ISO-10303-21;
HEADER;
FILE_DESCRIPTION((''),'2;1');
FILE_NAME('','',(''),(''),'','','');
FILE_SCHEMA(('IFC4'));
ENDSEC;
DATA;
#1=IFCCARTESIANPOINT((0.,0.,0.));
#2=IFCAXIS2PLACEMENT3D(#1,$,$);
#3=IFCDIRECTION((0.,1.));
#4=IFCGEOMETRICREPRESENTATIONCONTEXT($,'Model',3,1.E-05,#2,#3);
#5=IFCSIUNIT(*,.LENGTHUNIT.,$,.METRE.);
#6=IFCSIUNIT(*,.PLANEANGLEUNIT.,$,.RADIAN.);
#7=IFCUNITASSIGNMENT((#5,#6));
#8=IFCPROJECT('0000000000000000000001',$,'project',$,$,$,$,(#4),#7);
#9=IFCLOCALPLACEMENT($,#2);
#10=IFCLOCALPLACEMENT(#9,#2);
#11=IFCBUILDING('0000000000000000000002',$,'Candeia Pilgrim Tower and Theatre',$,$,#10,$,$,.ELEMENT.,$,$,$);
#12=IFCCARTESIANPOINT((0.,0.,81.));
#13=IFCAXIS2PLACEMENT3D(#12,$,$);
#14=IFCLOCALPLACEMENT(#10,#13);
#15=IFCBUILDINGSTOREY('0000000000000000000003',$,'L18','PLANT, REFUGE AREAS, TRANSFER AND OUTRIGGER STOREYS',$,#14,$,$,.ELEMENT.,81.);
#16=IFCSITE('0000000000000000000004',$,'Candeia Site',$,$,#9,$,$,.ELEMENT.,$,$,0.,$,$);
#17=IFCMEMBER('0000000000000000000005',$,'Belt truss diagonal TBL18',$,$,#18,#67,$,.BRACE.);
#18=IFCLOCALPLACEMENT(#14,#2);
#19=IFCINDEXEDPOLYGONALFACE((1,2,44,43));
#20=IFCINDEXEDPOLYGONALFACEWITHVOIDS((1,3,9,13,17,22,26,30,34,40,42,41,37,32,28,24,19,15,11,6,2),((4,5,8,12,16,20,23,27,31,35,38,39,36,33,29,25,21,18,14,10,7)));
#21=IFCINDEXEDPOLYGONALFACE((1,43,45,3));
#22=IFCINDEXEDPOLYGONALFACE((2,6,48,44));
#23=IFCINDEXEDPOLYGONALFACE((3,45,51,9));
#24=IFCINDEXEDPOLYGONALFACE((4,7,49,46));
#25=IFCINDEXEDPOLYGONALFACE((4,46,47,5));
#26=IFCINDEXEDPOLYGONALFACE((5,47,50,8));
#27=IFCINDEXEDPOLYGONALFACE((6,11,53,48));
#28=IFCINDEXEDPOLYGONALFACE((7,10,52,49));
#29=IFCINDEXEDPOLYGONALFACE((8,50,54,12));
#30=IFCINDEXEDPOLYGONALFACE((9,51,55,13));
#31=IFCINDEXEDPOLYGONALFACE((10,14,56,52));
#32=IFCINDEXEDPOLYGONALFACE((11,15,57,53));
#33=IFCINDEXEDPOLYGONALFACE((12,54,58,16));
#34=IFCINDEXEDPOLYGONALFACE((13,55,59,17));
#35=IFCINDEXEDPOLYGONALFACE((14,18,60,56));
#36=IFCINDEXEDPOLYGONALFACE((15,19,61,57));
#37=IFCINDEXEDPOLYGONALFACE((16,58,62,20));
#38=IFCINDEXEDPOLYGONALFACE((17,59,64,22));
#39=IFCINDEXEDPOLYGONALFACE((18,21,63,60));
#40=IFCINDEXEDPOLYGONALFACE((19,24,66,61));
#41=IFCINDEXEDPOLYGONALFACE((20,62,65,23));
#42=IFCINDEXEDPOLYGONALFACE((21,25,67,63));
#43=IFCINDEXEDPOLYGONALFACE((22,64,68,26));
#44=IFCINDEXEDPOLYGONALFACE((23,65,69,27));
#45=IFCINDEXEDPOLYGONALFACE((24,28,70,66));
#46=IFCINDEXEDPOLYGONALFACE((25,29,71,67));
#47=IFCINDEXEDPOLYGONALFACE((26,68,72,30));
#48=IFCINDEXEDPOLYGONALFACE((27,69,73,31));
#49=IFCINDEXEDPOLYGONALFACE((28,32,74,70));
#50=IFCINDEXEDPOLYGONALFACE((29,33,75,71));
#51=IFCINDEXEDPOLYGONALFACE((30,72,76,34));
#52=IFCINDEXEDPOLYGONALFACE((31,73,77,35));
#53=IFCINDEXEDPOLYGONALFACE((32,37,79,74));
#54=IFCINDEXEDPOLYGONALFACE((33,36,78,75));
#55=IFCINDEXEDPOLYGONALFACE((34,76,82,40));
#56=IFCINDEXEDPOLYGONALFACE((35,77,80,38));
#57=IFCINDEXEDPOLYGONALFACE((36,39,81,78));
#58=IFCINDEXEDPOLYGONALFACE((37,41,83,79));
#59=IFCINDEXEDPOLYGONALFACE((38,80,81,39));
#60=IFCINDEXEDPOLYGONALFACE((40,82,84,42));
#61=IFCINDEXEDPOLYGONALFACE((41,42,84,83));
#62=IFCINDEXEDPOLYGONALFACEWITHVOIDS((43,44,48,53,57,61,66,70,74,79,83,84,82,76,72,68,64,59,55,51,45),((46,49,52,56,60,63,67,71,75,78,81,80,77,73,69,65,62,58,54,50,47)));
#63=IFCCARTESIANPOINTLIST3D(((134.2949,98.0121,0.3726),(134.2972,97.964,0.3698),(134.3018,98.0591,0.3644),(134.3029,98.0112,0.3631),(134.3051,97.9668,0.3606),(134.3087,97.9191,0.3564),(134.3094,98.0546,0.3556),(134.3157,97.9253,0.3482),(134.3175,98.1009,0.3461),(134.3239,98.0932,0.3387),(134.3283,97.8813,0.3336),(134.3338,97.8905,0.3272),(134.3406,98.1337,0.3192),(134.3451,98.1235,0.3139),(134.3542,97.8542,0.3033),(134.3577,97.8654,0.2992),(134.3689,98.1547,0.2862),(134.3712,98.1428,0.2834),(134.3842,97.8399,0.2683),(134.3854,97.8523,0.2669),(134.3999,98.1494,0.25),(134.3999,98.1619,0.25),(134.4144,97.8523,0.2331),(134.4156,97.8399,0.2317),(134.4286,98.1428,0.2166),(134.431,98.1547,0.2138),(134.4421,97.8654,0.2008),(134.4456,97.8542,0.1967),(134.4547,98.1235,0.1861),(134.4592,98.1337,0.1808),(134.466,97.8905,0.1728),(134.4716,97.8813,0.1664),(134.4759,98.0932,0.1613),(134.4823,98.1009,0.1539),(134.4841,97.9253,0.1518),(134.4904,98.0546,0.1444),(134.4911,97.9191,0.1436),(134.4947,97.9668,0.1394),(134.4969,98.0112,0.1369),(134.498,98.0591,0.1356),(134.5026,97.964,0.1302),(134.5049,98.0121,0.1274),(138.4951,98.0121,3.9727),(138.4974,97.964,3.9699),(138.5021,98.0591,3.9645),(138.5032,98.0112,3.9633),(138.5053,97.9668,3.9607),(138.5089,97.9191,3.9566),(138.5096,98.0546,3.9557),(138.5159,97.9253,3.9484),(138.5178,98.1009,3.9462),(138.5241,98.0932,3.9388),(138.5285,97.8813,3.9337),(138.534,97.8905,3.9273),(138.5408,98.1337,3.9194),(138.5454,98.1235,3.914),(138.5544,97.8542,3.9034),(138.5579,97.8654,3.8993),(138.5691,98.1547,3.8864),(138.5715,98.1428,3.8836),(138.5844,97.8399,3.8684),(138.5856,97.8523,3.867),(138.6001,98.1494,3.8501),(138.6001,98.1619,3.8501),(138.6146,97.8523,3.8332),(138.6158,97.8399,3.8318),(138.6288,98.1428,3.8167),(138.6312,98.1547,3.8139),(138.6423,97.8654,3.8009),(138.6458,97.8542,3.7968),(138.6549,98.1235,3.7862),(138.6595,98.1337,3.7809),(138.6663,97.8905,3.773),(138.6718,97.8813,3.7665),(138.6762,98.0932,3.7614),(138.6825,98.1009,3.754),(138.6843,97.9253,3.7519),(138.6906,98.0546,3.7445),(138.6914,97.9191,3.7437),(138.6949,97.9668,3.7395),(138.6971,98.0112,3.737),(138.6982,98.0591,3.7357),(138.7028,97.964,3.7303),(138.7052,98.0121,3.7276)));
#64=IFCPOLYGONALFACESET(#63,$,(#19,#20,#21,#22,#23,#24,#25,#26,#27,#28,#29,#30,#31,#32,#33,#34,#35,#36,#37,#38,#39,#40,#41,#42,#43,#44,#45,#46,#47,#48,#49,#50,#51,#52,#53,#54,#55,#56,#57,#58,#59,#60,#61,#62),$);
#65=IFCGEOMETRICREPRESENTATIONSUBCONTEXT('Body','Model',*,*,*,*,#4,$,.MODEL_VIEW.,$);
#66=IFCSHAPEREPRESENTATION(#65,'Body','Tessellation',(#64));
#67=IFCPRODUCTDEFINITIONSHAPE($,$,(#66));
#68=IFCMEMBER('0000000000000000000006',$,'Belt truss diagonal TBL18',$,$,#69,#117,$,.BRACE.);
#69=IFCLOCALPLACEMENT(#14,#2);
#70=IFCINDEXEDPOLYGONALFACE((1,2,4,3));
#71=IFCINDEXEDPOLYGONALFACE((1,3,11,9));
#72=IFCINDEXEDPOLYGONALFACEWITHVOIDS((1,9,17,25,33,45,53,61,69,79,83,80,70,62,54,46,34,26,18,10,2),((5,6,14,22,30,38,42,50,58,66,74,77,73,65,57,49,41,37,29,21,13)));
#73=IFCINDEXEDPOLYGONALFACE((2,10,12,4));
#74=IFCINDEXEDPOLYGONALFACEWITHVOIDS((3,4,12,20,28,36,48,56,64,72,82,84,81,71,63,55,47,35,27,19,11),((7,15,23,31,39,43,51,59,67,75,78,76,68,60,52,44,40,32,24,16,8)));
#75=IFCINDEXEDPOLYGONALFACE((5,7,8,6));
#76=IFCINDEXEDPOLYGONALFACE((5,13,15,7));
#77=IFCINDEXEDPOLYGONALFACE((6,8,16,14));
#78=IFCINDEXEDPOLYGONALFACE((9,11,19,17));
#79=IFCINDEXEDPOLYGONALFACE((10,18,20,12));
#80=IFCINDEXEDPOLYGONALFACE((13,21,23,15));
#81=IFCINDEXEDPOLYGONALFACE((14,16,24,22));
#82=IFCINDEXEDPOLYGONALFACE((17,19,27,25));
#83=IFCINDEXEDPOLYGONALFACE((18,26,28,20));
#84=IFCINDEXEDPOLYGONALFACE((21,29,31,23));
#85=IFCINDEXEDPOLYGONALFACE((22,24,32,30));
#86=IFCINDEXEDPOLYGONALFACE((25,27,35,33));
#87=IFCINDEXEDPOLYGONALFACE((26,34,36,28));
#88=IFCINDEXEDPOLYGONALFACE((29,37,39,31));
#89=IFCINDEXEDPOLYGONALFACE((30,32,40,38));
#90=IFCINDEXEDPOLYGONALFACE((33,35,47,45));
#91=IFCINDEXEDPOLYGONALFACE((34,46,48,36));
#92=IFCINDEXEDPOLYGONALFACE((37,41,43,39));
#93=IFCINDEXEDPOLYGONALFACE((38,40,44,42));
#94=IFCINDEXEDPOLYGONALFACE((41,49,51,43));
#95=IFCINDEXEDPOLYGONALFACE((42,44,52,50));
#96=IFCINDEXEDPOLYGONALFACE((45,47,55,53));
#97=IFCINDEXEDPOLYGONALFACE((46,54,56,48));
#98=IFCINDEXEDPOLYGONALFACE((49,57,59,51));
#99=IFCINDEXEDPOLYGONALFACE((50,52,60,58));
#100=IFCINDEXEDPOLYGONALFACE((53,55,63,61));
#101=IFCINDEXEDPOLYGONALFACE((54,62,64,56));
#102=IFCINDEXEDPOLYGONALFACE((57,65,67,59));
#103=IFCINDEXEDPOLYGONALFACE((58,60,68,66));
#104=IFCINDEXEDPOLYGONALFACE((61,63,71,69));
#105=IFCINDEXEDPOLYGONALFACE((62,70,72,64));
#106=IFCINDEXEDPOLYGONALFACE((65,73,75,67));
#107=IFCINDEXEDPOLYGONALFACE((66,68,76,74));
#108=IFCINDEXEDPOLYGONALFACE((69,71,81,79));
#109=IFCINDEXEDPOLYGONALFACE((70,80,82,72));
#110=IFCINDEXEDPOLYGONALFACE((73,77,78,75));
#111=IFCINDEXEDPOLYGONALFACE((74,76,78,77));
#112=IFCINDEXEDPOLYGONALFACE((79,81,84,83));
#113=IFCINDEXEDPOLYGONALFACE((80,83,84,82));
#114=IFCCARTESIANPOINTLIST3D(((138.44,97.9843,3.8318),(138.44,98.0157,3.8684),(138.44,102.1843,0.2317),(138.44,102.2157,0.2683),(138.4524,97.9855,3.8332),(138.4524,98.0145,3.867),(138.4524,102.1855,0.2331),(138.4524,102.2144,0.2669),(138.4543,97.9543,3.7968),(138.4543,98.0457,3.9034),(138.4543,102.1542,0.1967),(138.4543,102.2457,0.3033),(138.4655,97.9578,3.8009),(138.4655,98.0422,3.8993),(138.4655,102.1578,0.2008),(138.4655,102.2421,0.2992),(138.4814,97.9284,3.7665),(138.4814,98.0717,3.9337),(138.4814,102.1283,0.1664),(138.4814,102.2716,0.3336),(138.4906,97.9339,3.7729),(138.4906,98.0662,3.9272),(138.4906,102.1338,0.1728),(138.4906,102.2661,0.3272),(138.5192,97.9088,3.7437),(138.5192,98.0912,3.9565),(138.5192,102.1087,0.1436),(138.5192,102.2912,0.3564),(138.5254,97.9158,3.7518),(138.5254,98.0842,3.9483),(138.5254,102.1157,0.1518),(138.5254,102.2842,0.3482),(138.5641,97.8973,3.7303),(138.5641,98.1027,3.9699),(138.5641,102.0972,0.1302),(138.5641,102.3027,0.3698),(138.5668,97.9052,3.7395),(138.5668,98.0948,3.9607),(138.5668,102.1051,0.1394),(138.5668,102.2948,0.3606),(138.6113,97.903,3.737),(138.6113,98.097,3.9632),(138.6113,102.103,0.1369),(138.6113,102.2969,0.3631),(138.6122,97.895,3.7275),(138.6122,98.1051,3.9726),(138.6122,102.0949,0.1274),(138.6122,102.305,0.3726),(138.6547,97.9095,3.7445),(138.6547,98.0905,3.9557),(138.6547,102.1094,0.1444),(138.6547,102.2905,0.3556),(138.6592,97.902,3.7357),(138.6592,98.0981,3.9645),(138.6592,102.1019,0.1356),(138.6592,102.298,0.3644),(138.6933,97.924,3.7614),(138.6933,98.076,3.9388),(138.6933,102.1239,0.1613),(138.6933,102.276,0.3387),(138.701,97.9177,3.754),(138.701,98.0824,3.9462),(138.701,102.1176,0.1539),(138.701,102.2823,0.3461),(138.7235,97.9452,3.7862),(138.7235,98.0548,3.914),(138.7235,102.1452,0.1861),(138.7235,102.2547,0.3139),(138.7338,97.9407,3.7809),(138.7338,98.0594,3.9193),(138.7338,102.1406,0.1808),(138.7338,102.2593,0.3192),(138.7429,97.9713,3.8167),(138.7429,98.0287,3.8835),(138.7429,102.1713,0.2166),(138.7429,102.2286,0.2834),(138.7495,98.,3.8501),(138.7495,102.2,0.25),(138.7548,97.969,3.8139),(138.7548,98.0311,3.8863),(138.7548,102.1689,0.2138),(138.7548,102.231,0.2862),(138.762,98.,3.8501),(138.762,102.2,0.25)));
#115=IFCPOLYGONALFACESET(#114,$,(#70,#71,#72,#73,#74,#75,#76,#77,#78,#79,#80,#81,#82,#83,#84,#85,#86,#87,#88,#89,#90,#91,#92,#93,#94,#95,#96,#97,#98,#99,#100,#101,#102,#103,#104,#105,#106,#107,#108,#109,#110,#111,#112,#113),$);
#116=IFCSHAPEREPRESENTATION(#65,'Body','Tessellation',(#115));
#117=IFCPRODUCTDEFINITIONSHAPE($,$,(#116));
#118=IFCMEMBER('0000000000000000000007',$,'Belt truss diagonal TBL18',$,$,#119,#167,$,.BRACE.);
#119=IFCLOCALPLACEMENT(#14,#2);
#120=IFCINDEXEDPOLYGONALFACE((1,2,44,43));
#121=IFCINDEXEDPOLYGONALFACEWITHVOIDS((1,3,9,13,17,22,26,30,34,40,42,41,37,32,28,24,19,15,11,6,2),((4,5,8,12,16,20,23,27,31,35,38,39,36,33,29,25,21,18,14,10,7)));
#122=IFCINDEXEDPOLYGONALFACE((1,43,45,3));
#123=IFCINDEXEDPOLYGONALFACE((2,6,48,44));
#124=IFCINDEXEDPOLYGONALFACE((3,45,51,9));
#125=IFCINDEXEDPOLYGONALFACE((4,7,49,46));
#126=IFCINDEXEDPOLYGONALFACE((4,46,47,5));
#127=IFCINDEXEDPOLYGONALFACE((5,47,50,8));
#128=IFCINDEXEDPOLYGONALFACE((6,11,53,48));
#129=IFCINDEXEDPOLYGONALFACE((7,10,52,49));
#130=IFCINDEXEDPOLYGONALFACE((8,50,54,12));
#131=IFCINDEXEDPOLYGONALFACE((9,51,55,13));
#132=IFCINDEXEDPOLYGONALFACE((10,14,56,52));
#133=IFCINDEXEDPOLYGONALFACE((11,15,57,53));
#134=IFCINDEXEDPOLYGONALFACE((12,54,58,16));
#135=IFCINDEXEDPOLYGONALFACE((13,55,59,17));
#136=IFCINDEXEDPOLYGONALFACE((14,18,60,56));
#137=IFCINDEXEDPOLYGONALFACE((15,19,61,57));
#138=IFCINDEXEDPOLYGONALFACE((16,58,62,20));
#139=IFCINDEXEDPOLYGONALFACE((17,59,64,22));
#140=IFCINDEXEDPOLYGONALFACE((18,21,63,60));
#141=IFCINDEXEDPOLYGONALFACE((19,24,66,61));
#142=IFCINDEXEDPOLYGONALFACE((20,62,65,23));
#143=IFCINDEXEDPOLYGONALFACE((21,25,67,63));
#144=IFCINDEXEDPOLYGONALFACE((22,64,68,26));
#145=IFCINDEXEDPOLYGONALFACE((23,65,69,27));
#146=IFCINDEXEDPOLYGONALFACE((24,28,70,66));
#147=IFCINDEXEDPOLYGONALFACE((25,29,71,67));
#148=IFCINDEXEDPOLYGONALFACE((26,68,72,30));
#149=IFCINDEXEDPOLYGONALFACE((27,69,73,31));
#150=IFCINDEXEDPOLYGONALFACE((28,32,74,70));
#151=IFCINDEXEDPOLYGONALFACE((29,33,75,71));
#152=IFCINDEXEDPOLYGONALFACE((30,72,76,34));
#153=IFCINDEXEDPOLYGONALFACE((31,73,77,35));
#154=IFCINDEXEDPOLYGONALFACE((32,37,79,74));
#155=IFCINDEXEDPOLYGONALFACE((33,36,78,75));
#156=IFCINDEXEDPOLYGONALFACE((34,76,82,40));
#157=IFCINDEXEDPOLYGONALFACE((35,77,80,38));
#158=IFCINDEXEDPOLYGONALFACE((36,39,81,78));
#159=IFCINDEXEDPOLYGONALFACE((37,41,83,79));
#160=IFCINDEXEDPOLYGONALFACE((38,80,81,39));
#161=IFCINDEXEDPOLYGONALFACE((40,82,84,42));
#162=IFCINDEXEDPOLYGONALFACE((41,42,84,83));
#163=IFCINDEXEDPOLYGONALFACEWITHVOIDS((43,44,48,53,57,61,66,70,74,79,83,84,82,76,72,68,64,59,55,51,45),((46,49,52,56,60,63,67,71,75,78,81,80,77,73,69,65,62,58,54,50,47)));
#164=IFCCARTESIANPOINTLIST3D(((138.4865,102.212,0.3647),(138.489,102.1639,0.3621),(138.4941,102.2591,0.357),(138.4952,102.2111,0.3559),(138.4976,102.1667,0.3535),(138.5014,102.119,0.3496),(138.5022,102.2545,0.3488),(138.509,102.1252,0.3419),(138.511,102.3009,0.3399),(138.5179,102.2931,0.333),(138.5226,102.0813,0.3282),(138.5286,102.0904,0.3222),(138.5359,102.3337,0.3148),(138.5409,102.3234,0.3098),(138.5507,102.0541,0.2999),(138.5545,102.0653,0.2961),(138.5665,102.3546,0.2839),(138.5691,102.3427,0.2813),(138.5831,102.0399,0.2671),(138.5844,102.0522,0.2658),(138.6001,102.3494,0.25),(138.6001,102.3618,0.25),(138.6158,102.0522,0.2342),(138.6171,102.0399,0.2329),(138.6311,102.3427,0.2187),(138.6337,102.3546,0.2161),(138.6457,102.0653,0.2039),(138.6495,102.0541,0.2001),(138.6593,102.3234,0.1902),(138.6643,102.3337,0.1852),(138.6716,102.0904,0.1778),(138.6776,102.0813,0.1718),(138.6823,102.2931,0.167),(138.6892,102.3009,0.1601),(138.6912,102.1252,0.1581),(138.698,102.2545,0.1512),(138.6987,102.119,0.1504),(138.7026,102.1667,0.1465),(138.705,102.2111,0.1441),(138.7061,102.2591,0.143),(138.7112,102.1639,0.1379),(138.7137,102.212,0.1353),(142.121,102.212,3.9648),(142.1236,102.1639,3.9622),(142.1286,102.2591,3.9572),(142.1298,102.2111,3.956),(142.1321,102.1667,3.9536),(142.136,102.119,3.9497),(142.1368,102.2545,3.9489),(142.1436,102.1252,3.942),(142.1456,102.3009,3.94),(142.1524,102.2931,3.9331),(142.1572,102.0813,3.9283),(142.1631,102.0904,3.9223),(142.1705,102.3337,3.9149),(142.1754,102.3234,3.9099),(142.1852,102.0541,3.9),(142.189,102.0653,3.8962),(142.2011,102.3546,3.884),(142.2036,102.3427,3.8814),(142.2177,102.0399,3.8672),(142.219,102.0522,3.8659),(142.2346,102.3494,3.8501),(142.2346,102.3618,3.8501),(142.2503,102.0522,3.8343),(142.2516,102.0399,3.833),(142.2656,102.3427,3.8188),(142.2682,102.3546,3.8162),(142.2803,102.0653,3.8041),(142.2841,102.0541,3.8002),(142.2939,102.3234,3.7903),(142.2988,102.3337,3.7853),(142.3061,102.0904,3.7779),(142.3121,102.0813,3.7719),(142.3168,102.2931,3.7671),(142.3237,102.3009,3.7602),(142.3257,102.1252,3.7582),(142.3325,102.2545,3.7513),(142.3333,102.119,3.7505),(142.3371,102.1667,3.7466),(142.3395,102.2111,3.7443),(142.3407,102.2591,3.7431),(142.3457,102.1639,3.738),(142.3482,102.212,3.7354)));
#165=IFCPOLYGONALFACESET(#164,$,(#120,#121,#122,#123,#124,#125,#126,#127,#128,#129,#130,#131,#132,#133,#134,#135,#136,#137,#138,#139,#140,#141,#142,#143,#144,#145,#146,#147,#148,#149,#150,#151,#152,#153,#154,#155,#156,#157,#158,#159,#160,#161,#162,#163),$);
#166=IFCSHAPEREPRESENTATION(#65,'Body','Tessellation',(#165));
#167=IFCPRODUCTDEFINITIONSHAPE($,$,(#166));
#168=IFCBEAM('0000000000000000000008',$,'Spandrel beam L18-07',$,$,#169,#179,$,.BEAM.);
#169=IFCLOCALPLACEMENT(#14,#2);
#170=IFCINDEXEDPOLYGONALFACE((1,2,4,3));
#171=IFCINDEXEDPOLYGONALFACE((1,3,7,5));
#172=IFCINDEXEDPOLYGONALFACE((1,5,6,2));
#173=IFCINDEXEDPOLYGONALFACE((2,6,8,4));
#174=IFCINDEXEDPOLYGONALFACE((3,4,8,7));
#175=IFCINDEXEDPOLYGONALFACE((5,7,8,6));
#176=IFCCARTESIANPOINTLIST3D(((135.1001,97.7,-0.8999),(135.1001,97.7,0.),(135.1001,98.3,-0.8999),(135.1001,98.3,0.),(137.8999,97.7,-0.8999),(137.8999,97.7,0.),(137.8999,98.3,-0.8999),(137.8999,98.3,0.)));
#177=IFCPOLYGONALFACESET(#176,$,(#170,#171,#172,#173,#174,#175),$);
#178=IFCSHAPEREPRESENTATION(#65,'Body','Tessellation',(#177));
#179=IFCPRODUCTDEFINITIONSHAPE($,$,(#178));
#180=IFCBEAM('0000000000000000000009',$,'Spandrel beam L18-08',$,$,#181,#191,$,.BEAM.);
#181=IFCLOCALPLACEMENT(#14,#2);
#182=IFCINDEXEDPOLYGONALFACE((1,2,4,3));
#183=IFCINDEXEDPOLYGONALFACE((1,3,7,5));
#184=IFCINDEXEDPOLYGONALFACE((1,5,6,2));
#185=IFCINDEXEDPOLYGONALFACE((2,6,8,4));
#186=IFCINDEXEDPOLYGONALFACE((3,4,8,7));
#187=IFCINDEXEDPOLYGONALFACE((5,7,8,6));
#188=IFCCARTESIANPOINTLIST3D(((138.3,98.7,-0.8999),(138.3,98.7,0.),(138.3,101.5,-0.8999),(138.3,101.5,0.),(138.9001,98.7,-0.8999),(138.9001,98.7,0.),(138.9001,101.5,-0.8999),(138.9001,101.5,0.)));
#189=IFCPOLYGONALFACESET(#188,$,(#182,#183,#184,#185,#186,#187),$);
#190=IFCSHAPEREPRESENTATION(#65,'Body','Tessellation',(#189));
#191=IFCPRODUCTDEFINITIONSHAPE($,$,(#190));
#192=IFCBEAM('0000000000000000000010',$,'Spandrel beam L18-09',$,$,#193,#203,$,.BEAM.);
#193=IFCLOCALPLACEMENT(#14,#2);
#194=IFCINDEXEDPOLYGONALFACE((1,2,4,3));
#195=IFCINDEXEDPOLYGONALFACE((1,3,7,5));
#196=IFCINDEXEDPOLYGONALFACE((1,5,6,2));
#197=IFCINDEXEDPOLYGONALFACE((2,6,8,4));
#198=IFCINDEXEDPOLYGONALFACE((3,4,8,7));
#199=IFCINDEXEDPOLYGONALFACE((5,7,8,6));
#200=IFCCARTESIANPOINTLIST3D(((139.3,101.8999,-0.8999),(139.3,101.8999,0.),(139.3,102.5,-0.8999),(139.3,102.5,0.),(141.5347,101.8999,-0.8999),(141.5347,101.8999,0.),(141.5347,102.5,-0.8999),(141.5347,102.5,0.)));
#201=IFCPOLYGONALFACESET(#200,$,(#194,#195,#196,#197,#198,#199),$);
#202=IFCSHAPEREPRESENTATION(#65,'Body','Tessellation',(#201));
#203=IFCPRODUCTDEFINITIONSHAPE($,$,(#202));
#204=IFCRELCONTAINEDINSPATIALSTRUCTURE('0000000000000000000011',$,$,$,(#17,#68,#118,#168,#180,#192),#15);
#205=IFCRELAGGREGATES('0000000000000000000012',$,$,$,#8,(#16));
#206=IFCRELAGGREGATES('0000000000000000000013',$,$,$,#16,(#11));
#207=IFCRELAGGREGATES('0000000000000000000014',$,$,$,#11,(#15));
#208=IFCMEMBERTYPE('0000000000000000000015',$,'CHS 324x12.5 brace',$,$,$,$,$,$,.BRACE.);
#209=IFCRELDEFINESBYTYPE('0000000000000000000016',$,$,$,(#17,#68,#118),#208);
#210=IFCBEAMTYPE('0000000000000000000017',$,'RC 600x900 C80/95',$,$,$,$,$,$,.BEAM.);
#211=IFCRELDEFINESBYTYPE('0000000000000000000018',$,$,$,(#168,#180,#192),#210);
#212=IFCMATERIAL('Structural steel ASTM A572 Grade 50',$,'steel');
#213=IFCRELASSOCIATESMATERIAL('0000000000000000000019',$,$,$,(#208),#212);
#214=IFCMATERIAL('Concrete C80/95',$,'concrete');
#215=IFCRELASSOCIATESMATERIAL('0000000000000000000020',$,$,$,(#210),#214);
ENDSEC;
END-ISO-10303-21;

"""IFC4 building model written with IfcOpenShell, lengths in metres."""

from ifc_helpers import new_model, si_unit, direction, frame, origin, origin_2d, place, context, subcontext, project, spatial, rectangle, hollow_circle, extrude, material, material_profile, profile_set, type_object, element, save


model = new_model("IFC4")

# Units and contexts
model_context = context("Model", 3, precision=1e-05, world=origin(), true_north=direction((0.0, 1.0)))
body_context = subcontext(model_context, "Body", "Model", "MODEL_VIEW")
ifc_project = project(units=[si_unit("LENGTHUNIT", "METRE"), si_unit("PLANEANGLEUNIT", "RADIAN")], contexts=[model_context])

# Site, building, storey
site_placement = place(None, origin())
site = spatial("IfcSite", under=ifc_project, at=site_placement, Name="Candeia Site", CompositionType="ELEMENT", RefElevation=0.0)
building_placement = place(site_placement, origin())
building = spatial("IfcBuilding", under=site, at=building_placement, Name="Candeia Pilgrim Tower and Theatre", CompositionType="ELEMENT")
storey_placement = place(building_placement, frame((0.0, 0.0, 81.0)))
storey = spatial("IfcBuildingStorey", under=building, at=storey_placement, Name="L18", Description="PLANT, REFUGE AREAS, TRANSFER AND OUTRIGGER STOREYS", CompositionType="ELEMENT", Elevation=81.0)

# Shared definitions
ifc_material_1 = material(Name="Concrete C80/95", Category="concrete")

# Members
ifc_material_2 = material(Name="Structural steel ASTM A572 Grade 50", Category="steel")
ifc_material_profile_1 = material_profile(ifc_material_2, hollow_circle(Radius=0.1619, WallThickness=0.0125, at=origin_2d()))
ifc_profile_set_1 = profile_set([ifc_material_profile_1], Name="Structural steel ASTM A572 Grade 50")
member_type_1 = type_object("IfcMemberType", Name="CHS 324x12.5 brace", PredefinedType="BRACE", material=ifc_profile_set_1)
member_1_placement = place(storey_placement, frame((134.3999, 98.0, 0.25), z_axis=(0.759263, 0.0, 0.650784), x_axis=(0.0, 1.0, 0.0)))
element("IfcMember", 1, at=member_1_placement, inside=storey, type_object=member_type_1, Name="Belt truss diagonal TBL18", PredefinedType="BRACE", context=body_context, shape_type="SweptSolid", body=[
    extrude(hollow_circle(Radius=0.1619, WallThickness=0.0125, at=origin_2d()), origin(), (0.0, 0.0, 1.0), 5.532),
])
member_2_placement = place(storey_placement, frame((138.6001, 102.2, 0.25), z_axis=(0.0, -0.759244, 0.650806), x_axis=(1.0, 0.0, 0.0)))
element("IfcMember", 2, at=member_2_placement, inside=storey, type_object=member_type_1, Name="Belt truss diagonal TBL18", PredefinedType="BRACE", context=body_context, shape_type="SweptSolid", body=[
    extrude(hollow_circle(Radius=0.1619, WallThickness=0.0125, at=origin_2d()), origin(), (0.0, 0.0, 1.0), 5.5317),
])
member_3_placement = place(storey_placement, frame((138.6001, 102.2, 0.25), z_axis=(0.710463, 0.0, 0.703734), x_axis=(0.0, 1.0, 0.0)))
element("IfcMember", 3, at=member_3_placement, inside=storey, type_object=member_type_1, Name="Belt truss diagonal TBL18", PredefinedType="BRACE", context=body_context, shape_type="SweptSolid", body=[
    extrude(hollow_circle(Radius=0.1619, WallThickness=0.0125, at=origin_2d()), origin(), (0.0, 0.0, 1.0), 5.1157),
])

# Beams
ifc_material_profile_2 = material_profile(ifc_material_1, rectangle(XDim=0.6001, YDim=0.8999, at=origin_2d()))
ifc_profile_set_2 = profile_set([ifc_material_profile_2], Name="Concrete C80/95")
beam_type = type_object("IfcBeamType", Name="RC 600x900 C80/95", PredefinedType="BEAM", material=ifc_profile_set_2)
beam_1_placement = place(storey_placement, frame((135.1001, 98.0, -0.45), z_axis=(1.0, 0.0, 0.0), x_axis=(0.0, 1.0, 0.0)))
element("IfcBeam", 4, at=beam_1_placement, inside=storey, type_object=beam_type, Name="Spandrel beam L18-07", PredefinedType="BEAM", context=body_context, shape_type="SweptSolid", body=[
    extrude(rectangle(XDim=0.6001, YDim=0.8999, at=origin_2d()), origin(), (0.0, 0.0, 1.0), 2.7998),
])
beam_2_placement = place(storey_placement, frame((138.6001, 98.7, -0.45), z_axis=(0.0, 1.0, 0.0), x_axis=(-1.0, 0.0, 0.0)))
element("IfcBeam", 5, at=beam_2_placement, inside=storey, type_object=beam_type, Name="Spandrel beam L18-08", PredefinedType="BEAM", context=body_context, shape_type="SweptSolid", body=[
    extrude(rectangle(XDim=0.6001, YDim=0.8999, at=origin_2d()), origin(), (0.0, 0.0, 1.0), 2.8),
])
beam_3_placement = place(storey_placement, frame((139.3, 102.2, -0.45), z_axis=(1.0, 0.0, 0.0), x_axis=(0.0, 1.0, 0.0)))
element("IfcBeam", 6, at=beam_3_placement, inside=storey, type_object=beam_type, Name="Spandrel beam L18-09", PredefinedType="BEAM", context=body_context, shape_type="SweptSolid", body=[
    extrude(rectangle(XDim=0.6001, YDim=0.8999, at=origin_2d()), origin(), (0.0, 0.0, 1.0), 2.2346),
])

save(model, "model.ifc")
